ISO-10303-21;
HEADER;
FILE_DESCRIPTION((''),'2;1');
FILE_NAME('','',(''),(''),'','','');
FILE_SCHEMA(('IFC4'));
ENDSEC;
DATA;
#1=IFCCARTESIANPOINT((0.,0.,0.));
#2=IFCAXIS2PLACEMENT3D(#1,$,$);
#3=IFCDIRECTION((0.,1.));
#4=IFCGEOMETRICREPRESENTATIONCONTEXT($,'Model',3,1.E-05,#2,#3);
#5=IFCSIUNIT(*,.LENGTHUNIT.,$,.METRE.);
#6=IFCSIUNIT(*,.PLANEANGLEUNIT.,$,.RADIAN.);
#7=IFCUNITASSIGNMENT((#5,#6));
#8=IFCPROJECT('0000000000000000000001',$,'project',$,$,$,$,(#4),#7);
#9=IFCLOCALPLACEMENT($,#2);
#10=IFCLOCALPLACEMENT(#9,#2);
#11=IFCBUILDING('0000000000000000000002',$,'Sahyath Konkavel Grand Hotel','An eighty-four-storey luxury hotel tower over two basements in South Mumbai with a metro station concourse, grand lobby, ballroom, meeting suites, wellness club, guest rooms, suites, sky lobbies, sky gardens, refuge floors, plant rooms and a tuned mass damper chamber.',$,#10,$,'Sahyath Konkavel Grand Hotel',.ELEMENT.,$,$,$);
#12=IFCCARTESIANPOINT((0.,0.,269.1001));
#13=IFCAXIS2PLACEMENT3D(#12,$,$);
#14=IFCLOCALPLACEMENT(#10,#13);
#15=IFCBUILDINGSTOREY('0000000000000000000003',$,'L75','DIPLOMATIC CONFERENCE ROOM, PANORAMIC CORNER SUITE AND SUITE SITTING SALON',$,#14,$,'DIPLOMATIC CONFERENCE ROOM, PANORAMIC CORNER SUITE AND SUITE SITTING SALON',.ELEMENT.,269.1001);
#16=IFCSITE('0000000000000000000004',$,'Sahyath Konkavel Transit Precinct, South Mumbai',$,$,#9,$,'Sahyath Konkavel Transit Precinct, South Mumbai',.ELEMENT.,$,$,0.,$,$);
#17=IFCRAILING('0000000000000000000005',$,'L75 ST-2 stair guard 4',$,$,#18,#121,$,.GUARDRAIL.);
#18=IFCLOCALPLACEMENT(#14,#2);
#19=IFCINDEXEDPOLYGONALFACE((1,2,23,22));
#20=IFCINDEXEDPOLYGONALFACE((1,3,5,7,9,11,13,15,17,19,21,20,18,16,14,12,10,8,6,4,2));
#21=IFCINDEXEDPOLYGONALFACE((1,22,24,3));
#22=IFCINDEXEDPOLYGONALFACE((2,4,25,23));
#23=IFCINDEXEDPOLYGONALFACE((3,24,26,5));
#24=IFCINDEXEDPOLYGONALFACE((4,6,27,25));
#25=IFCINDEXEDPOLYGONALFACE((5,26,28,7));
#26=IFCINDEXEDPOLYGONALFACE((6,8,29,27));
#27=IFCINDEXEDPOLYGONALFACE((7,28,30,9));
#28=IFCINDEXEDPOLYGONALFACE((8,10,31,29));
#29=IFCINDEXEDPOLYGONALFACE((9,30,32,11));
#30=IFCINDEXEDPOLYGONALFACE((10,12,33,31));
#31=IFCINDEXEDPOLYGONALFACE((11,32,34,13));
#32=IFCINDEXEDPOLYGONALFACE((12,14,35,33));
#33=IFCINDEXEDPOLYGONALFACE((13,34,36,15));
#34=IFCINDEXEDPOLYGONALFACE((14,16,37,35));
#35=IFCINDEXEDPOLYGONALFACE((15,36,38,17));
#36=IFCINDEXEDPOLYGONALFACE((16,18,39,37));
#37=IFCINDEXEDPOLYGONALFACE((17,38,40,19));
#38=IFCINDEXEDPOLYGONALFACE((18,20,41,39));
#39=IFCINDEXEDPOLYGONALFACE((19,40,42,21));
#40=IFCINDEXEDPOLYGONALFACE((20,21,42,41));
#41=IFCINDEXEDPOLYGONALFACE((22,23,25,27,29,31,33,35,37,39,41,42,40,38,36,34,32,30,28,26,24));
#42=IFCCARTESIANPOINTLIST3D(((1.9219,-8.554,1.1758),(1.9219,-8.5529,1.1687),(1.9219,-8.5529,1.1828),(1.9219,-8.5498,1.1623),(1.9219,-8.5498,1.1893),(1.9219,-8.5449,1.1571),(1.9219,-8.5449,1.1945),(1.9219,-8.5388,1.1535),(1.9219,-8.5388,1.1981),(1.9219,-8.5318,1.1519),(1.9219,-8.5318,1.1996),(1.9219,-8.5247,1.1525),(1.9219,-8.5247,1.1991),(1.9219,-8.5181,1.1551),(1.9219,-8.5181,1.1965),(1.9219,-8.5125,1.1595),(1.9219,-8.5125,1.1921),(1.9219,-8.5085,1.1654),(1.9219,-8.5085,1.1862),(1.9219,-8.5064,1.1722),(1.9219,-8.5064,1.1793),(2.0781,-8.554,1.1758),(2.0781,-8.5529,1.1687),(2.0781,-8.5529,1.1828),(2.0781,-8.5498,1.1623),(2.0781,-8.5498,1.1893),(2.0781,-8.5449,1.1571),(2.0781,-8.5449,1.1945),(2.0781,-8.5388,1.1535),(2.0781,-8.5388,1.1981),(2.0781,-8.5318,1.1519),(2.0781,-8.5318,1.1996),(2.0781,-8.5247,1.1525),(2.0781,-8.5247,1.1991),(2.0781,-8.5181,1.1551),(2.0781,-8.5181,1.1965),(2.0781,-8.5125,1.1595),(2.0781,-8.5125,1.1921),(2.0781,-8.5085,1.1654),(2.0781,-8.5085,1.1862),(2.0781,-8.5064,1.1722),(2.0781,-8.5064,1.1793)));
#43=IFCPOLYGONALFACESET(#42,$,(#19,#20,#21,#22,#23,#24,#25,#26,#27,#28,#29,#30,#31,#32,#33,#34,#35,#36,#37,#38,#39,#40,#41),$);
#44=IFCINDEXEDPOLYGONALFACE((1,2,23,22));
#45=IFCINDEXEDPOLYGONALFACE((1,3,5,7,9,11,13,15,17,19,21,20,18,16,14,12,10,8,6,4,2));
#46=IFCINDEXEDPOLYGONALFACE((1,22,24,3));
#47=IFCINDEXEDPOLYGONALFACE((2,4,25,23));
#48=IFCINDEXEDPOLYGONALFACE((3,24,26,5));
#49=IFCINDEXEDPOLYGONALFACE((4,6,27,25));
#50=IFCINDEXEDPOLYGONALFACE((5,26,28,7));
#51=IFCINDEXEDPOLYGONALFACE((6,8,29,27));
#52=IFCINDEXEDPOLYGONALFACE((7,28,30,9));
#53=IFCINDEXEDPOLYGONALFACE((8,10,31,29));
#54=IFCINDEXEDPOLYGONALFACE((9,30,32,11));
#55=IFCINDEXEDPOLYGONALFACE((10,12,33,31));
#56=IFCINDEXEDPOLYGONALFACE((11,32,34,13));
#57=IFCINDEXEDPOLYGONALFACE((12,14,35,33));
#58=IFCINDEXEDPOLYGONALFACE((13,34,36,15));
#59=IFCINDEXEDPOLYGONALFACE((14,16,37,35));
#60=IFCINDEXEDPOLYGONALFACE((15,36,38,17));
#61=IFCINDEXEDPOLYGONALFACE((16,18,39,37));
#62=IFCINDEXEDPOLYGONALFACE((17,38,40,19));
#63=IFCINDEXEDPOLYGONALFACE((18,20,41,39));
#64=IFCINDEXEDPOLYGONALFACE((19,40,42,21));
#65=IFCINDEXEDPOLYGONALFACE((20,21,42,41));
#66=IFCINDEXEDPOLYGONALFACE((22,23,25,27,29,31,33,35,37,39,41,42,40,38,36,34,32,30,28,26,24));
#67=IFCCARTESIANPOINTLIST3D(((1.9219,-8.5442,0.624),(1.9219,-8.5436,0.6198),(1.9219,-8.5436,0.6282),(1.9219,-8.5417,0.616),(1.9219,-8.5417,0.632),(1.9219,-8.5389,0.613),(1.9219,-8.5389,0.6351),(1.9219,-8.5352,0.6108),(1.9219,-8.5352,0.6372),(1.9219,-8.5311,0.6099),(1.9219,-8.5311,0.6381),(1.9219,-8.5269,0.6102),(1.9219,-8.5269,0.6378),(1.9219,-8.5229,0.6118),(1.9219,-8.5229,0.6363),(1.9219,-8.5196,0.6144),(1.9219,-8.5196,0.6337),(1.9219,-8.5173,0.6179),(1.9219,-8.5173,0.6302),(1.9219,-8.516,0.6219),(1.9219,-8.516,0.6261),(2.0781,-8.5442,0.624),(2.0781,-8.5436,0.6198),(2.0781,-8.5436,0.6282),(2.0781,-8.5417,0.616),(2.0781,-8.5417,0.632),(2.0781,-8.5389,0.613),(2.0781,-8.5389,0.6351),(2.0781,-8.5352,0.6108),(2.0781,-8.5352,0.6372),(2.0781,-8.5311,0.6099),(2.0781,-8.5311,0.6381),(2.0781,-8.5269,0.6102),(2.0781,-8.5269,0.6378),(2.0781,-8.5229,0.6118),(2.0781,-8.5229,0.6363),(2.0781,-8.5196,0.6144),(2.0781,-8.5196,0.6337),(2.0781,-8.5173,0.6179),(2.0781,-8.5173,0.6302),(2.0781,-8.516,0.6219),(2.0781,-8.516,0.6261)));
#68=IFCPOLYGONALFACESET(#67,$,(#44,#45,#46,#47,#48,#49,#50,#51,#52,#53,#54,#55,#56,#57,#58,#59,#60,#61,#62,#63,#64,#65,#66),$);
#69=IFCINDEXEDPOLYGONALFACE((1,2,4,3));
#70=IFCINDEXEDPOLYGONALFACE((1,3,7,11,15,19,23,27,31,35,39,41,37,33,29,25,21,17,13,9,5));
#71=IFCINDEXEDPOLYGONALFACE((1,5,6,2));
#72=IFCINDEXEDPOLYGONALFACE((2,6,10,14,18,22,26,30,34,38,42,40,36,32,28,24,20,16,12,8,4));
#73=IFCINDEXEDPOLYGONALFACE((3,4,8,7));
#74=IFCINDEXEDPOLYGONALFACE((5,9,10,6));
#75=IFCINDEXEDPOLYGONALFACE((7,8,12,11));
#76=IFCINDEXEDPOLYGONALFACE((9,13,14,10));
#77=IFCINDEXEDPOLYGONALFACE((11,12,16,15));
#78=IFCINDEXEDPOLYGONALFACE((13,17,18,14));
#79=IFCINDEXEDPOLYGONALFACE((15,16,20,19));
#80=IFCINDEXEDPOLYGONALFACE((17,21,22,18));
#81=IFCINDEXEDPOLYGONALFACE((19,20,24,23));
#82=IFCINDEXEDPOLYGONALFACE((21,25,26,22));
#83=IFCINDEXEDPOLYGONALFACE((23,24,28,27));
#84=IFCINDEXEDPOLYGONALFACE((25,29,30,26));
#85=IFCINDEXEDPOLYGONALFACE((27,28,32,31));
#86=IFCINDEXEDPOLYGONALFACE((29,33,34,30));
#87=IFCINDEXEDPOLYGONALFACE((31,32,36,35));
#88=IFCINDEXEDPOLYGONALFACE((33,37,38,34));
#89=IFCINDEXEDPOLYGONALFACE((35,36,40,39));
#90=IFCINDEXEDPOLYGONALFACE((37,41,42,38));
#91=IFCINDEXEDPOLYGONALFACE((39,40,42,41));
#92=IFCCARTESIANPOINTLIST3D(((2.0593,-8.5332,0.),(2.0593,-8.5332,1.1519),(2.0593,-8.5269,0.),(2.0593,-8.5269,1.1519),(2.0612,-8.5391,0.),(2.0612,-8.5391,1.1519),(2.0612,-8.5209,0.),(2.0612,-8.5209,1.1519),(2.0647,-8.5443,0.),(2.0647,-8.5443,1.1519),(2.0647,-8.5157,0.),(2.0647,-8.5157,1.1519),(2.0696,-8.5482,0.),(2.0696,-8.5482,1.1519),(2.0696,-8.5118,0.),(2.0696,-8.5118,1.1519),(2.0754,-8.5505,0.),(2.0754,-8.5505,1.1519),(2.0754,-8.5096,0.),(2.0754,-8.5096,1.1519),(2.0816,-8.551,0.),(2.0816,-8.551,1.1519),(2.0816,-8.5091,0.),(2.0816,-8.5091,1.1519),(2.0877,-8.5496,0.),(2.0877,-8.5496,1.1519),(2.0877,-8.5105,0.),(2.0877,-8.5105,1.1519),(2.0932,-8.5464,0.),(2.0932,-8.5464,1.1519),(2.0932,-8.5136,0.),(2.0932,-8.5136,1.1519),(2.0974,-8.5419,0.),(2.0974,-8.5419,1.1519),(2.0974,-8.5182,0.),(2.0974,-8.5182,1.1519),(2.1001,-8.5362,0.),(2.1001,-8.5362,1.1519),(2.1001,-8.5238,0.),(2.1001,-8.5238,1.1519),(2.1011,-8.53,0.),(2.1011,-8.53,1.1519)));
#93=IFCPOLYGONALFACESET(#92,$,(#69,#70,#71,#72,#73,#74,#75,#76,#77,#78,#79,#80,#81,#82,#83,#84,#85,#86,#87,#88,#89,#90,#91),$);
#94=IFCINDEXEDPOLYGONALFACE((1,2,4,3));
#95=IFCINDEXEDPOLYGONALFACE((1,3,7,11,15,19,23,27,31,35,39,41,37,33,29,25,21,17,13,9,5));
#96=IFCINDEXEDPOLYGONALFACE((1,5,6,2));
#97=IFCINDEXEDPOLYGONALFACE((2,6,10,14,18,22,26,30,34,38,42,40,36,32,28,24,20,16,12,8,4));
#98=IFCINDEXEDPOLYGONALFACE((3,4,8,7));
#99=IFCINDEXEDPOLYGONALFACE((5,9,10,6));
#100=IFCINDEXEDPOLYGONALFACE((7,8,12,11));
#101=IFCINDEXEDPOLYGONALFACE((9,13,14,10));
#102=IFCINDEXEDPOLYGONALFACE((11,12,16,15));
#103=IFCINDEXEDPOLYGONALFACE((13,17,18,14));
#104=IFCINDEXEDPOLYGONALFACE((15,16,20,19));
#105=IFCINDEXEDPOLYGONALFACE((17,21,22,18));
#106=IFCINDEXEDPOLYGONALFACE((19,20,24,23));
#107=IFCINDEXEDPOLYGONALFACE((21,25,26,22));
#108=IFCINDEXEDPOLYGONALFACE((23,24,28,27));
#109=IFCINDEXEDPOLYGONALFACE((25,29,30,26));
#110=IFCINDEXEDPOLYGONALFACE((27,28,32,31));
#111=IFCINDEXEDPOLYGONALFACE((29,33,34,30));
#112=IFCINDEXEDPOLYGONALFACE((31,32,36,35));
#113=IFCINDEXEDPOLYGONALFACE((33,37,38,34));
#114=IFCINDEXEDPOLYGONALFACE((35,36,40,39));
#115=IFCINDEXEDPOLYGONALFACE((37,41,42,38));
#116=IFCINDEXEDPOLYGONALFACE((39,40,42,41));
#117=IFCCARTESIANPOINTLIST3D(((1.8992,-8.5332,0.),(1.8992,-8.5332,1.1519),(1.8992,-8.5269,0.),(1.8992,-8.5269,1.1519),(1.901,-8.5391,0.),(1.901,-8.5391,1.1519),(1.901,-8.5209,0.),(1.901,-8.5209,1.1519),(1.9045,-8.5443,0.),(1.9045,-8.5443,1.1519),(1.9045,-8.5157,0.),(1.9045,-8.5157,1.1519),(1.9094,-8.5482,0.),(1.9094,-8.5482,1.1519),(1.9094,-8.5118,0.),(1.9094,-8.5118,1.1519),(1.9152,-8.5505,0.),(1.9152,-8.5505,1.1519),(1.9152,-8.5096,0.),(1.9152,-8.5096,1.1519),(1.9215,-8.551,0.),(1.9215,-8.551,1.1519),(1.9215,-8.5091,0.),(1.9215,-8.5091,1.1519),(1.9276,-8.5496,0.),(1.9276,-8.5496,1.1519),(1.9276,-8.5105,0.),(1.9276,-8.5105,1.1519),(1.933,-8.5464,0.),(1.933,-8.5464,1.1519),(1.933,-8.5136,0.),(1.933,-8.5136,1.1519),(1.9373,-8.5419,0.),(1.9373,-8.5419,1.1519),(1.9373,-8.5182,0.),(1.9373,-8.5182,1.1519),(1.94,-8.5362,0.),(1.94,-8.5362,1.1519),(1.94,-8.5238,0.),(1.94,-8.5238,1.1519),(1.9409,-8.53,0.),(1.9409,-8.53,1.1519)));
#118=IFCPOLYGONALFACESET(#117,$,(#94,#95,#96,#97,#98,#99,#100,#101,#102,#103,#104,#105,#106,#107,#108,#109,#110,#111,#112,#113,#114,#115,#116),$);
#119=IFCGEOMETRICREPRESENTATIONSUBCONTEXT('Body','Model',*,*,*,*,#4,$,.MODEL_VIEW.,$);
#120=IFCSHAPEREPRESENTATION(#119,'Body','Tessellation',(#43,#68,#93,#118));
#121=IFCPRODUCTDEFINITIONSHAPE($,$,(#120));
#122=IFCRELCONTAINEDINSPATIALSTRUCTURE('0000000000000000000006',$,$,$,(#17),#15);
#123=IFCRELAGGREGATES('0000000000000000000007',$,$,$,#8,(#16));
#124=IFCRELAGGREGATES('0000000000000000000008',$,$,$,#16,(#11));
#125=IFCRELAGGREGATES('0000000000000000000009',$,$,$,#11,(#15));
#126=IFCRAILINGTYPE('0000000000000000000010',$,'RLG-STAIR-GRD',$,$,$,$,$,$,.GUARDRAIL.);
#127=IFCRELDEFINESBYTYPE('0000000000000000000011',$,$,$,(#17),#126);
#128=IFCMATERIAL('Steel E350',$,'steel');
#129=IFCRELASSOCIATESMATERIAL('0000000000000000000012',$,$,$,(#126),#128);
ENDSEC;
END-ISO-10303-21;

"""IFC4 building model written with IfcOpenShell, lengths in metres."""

from ifc_helpers import new_model, si_unit, direction, frame, origin, origin_2d, place, context, subcontext, project, spatial, circle, extrude, material, type_object, element, save


model = new_model("IFC4")

# Units and contexts
model_context = context("Model", 3, precision=1e-05, world=origin(), true_north=direction((0.0, 1.0)))
body_context = subcontext(model_context, "Body", "Model", "MODEL_VIEW")
ifc_project = project(units=[si_unit("LENGTHUNIT", "METRE"), si_unit("PLANEANGLEUNIT", "RADIAN")], contexts=[model_context])

# Site, building, storey
site_placement = place(None, origin())
site = spatial("IfcSite", under=ifc_project, at=site_placement, Name="Sahyath Konkavel Transit Precinct, South Mumbai", LongName="Sahyath Konkavel Transit Precinct, South Mumbai", CompositionType="ELEMENT", RefElevation=0.0)
building_placement = place(site_placement, origin())
building = spatial("IfcBuilding", under=site, at=building_placement, Name="Sahyath Konkavel Grand Hotel", Description="An eighty-four-storey luxury hotel tower over two basements in South Mumbai with a metro station concourse, grand lobby, ballroom, meeting suites, wellness club, guest rooms, suites, sky lobbies, sky gardens, refuge floors, plant rooms and a tuned mass damper chamber.", LongName="Sahyath Konkavel Grand Hotel", CompositionType="ELEMENT")
storey_placement = place(building_placement, frame((0.0, 0.0, 269.1001)))
storey = spatial("IfcBuildingStorey", under=building, at=storey_placement, Name="L75", Description="DIPLOMATIC CONFERENCE ROOM, PANORAMIC CORNER SUITE AND SUITE SITTING SALON", LongName="DIPLOMATIC CONFERENCE ROOM, PANORAMIC CORNER SUITE AND SUITE SITTING SALON", CompositionType="ELEMENT", Elevation=269.1001)

# Shared definitions
ifc_material_1 = material(Name="Steel E350", Category="steel")

# Railing
railing_type_1 = type_object("IfcRailingType", Name="RLG-STAIR-GRD", PredefinedType="GUARDRAIL", material=ifc_material_1)
railing_1_placement = place(storey_placement, frame((2.0801, -8.53, 0.0)))
element("IfcRailing", 1, at=railing_1_placement, inside=storey, type_object=railing_type_1, Name="L75 ST-2 stair guard 4", PredefinedType="GUARDRAIL", context=body_context, shape_type="SweptSolid", body=[
    extrude(circle(Radius=0.0239, at=origin_2d()), frame((-0.002, 0.0, 1.1758), z_axis=(-1.0, 0.0, 0.0), x_axis=(0.0, -1.0, 0.0)), (0.0, 0.0, 1.0), 0.1562),
    extrude(circle(Radius=0.0142, at=origin_2d()), frame((-0.002, 0.0, 0.624), z_axis=(-1.0, 0.0, 0.0), x_axis=(0.0, -1.0, 0.0)), (0.0, 0.0, 1.0), 0.1562),
    extrude(circle(Radius=0.021, at=origin_2d()), origin(), (0.0, 0.0, 1.0), 1.1519),
    extrude(circle(Radius=0.021, at=origin_2d()), frame((-0.1602, 0.0, 0.0)), (0.0, 0.0, 1.0), 1.1519),
])

save(model, "model.ifc")
